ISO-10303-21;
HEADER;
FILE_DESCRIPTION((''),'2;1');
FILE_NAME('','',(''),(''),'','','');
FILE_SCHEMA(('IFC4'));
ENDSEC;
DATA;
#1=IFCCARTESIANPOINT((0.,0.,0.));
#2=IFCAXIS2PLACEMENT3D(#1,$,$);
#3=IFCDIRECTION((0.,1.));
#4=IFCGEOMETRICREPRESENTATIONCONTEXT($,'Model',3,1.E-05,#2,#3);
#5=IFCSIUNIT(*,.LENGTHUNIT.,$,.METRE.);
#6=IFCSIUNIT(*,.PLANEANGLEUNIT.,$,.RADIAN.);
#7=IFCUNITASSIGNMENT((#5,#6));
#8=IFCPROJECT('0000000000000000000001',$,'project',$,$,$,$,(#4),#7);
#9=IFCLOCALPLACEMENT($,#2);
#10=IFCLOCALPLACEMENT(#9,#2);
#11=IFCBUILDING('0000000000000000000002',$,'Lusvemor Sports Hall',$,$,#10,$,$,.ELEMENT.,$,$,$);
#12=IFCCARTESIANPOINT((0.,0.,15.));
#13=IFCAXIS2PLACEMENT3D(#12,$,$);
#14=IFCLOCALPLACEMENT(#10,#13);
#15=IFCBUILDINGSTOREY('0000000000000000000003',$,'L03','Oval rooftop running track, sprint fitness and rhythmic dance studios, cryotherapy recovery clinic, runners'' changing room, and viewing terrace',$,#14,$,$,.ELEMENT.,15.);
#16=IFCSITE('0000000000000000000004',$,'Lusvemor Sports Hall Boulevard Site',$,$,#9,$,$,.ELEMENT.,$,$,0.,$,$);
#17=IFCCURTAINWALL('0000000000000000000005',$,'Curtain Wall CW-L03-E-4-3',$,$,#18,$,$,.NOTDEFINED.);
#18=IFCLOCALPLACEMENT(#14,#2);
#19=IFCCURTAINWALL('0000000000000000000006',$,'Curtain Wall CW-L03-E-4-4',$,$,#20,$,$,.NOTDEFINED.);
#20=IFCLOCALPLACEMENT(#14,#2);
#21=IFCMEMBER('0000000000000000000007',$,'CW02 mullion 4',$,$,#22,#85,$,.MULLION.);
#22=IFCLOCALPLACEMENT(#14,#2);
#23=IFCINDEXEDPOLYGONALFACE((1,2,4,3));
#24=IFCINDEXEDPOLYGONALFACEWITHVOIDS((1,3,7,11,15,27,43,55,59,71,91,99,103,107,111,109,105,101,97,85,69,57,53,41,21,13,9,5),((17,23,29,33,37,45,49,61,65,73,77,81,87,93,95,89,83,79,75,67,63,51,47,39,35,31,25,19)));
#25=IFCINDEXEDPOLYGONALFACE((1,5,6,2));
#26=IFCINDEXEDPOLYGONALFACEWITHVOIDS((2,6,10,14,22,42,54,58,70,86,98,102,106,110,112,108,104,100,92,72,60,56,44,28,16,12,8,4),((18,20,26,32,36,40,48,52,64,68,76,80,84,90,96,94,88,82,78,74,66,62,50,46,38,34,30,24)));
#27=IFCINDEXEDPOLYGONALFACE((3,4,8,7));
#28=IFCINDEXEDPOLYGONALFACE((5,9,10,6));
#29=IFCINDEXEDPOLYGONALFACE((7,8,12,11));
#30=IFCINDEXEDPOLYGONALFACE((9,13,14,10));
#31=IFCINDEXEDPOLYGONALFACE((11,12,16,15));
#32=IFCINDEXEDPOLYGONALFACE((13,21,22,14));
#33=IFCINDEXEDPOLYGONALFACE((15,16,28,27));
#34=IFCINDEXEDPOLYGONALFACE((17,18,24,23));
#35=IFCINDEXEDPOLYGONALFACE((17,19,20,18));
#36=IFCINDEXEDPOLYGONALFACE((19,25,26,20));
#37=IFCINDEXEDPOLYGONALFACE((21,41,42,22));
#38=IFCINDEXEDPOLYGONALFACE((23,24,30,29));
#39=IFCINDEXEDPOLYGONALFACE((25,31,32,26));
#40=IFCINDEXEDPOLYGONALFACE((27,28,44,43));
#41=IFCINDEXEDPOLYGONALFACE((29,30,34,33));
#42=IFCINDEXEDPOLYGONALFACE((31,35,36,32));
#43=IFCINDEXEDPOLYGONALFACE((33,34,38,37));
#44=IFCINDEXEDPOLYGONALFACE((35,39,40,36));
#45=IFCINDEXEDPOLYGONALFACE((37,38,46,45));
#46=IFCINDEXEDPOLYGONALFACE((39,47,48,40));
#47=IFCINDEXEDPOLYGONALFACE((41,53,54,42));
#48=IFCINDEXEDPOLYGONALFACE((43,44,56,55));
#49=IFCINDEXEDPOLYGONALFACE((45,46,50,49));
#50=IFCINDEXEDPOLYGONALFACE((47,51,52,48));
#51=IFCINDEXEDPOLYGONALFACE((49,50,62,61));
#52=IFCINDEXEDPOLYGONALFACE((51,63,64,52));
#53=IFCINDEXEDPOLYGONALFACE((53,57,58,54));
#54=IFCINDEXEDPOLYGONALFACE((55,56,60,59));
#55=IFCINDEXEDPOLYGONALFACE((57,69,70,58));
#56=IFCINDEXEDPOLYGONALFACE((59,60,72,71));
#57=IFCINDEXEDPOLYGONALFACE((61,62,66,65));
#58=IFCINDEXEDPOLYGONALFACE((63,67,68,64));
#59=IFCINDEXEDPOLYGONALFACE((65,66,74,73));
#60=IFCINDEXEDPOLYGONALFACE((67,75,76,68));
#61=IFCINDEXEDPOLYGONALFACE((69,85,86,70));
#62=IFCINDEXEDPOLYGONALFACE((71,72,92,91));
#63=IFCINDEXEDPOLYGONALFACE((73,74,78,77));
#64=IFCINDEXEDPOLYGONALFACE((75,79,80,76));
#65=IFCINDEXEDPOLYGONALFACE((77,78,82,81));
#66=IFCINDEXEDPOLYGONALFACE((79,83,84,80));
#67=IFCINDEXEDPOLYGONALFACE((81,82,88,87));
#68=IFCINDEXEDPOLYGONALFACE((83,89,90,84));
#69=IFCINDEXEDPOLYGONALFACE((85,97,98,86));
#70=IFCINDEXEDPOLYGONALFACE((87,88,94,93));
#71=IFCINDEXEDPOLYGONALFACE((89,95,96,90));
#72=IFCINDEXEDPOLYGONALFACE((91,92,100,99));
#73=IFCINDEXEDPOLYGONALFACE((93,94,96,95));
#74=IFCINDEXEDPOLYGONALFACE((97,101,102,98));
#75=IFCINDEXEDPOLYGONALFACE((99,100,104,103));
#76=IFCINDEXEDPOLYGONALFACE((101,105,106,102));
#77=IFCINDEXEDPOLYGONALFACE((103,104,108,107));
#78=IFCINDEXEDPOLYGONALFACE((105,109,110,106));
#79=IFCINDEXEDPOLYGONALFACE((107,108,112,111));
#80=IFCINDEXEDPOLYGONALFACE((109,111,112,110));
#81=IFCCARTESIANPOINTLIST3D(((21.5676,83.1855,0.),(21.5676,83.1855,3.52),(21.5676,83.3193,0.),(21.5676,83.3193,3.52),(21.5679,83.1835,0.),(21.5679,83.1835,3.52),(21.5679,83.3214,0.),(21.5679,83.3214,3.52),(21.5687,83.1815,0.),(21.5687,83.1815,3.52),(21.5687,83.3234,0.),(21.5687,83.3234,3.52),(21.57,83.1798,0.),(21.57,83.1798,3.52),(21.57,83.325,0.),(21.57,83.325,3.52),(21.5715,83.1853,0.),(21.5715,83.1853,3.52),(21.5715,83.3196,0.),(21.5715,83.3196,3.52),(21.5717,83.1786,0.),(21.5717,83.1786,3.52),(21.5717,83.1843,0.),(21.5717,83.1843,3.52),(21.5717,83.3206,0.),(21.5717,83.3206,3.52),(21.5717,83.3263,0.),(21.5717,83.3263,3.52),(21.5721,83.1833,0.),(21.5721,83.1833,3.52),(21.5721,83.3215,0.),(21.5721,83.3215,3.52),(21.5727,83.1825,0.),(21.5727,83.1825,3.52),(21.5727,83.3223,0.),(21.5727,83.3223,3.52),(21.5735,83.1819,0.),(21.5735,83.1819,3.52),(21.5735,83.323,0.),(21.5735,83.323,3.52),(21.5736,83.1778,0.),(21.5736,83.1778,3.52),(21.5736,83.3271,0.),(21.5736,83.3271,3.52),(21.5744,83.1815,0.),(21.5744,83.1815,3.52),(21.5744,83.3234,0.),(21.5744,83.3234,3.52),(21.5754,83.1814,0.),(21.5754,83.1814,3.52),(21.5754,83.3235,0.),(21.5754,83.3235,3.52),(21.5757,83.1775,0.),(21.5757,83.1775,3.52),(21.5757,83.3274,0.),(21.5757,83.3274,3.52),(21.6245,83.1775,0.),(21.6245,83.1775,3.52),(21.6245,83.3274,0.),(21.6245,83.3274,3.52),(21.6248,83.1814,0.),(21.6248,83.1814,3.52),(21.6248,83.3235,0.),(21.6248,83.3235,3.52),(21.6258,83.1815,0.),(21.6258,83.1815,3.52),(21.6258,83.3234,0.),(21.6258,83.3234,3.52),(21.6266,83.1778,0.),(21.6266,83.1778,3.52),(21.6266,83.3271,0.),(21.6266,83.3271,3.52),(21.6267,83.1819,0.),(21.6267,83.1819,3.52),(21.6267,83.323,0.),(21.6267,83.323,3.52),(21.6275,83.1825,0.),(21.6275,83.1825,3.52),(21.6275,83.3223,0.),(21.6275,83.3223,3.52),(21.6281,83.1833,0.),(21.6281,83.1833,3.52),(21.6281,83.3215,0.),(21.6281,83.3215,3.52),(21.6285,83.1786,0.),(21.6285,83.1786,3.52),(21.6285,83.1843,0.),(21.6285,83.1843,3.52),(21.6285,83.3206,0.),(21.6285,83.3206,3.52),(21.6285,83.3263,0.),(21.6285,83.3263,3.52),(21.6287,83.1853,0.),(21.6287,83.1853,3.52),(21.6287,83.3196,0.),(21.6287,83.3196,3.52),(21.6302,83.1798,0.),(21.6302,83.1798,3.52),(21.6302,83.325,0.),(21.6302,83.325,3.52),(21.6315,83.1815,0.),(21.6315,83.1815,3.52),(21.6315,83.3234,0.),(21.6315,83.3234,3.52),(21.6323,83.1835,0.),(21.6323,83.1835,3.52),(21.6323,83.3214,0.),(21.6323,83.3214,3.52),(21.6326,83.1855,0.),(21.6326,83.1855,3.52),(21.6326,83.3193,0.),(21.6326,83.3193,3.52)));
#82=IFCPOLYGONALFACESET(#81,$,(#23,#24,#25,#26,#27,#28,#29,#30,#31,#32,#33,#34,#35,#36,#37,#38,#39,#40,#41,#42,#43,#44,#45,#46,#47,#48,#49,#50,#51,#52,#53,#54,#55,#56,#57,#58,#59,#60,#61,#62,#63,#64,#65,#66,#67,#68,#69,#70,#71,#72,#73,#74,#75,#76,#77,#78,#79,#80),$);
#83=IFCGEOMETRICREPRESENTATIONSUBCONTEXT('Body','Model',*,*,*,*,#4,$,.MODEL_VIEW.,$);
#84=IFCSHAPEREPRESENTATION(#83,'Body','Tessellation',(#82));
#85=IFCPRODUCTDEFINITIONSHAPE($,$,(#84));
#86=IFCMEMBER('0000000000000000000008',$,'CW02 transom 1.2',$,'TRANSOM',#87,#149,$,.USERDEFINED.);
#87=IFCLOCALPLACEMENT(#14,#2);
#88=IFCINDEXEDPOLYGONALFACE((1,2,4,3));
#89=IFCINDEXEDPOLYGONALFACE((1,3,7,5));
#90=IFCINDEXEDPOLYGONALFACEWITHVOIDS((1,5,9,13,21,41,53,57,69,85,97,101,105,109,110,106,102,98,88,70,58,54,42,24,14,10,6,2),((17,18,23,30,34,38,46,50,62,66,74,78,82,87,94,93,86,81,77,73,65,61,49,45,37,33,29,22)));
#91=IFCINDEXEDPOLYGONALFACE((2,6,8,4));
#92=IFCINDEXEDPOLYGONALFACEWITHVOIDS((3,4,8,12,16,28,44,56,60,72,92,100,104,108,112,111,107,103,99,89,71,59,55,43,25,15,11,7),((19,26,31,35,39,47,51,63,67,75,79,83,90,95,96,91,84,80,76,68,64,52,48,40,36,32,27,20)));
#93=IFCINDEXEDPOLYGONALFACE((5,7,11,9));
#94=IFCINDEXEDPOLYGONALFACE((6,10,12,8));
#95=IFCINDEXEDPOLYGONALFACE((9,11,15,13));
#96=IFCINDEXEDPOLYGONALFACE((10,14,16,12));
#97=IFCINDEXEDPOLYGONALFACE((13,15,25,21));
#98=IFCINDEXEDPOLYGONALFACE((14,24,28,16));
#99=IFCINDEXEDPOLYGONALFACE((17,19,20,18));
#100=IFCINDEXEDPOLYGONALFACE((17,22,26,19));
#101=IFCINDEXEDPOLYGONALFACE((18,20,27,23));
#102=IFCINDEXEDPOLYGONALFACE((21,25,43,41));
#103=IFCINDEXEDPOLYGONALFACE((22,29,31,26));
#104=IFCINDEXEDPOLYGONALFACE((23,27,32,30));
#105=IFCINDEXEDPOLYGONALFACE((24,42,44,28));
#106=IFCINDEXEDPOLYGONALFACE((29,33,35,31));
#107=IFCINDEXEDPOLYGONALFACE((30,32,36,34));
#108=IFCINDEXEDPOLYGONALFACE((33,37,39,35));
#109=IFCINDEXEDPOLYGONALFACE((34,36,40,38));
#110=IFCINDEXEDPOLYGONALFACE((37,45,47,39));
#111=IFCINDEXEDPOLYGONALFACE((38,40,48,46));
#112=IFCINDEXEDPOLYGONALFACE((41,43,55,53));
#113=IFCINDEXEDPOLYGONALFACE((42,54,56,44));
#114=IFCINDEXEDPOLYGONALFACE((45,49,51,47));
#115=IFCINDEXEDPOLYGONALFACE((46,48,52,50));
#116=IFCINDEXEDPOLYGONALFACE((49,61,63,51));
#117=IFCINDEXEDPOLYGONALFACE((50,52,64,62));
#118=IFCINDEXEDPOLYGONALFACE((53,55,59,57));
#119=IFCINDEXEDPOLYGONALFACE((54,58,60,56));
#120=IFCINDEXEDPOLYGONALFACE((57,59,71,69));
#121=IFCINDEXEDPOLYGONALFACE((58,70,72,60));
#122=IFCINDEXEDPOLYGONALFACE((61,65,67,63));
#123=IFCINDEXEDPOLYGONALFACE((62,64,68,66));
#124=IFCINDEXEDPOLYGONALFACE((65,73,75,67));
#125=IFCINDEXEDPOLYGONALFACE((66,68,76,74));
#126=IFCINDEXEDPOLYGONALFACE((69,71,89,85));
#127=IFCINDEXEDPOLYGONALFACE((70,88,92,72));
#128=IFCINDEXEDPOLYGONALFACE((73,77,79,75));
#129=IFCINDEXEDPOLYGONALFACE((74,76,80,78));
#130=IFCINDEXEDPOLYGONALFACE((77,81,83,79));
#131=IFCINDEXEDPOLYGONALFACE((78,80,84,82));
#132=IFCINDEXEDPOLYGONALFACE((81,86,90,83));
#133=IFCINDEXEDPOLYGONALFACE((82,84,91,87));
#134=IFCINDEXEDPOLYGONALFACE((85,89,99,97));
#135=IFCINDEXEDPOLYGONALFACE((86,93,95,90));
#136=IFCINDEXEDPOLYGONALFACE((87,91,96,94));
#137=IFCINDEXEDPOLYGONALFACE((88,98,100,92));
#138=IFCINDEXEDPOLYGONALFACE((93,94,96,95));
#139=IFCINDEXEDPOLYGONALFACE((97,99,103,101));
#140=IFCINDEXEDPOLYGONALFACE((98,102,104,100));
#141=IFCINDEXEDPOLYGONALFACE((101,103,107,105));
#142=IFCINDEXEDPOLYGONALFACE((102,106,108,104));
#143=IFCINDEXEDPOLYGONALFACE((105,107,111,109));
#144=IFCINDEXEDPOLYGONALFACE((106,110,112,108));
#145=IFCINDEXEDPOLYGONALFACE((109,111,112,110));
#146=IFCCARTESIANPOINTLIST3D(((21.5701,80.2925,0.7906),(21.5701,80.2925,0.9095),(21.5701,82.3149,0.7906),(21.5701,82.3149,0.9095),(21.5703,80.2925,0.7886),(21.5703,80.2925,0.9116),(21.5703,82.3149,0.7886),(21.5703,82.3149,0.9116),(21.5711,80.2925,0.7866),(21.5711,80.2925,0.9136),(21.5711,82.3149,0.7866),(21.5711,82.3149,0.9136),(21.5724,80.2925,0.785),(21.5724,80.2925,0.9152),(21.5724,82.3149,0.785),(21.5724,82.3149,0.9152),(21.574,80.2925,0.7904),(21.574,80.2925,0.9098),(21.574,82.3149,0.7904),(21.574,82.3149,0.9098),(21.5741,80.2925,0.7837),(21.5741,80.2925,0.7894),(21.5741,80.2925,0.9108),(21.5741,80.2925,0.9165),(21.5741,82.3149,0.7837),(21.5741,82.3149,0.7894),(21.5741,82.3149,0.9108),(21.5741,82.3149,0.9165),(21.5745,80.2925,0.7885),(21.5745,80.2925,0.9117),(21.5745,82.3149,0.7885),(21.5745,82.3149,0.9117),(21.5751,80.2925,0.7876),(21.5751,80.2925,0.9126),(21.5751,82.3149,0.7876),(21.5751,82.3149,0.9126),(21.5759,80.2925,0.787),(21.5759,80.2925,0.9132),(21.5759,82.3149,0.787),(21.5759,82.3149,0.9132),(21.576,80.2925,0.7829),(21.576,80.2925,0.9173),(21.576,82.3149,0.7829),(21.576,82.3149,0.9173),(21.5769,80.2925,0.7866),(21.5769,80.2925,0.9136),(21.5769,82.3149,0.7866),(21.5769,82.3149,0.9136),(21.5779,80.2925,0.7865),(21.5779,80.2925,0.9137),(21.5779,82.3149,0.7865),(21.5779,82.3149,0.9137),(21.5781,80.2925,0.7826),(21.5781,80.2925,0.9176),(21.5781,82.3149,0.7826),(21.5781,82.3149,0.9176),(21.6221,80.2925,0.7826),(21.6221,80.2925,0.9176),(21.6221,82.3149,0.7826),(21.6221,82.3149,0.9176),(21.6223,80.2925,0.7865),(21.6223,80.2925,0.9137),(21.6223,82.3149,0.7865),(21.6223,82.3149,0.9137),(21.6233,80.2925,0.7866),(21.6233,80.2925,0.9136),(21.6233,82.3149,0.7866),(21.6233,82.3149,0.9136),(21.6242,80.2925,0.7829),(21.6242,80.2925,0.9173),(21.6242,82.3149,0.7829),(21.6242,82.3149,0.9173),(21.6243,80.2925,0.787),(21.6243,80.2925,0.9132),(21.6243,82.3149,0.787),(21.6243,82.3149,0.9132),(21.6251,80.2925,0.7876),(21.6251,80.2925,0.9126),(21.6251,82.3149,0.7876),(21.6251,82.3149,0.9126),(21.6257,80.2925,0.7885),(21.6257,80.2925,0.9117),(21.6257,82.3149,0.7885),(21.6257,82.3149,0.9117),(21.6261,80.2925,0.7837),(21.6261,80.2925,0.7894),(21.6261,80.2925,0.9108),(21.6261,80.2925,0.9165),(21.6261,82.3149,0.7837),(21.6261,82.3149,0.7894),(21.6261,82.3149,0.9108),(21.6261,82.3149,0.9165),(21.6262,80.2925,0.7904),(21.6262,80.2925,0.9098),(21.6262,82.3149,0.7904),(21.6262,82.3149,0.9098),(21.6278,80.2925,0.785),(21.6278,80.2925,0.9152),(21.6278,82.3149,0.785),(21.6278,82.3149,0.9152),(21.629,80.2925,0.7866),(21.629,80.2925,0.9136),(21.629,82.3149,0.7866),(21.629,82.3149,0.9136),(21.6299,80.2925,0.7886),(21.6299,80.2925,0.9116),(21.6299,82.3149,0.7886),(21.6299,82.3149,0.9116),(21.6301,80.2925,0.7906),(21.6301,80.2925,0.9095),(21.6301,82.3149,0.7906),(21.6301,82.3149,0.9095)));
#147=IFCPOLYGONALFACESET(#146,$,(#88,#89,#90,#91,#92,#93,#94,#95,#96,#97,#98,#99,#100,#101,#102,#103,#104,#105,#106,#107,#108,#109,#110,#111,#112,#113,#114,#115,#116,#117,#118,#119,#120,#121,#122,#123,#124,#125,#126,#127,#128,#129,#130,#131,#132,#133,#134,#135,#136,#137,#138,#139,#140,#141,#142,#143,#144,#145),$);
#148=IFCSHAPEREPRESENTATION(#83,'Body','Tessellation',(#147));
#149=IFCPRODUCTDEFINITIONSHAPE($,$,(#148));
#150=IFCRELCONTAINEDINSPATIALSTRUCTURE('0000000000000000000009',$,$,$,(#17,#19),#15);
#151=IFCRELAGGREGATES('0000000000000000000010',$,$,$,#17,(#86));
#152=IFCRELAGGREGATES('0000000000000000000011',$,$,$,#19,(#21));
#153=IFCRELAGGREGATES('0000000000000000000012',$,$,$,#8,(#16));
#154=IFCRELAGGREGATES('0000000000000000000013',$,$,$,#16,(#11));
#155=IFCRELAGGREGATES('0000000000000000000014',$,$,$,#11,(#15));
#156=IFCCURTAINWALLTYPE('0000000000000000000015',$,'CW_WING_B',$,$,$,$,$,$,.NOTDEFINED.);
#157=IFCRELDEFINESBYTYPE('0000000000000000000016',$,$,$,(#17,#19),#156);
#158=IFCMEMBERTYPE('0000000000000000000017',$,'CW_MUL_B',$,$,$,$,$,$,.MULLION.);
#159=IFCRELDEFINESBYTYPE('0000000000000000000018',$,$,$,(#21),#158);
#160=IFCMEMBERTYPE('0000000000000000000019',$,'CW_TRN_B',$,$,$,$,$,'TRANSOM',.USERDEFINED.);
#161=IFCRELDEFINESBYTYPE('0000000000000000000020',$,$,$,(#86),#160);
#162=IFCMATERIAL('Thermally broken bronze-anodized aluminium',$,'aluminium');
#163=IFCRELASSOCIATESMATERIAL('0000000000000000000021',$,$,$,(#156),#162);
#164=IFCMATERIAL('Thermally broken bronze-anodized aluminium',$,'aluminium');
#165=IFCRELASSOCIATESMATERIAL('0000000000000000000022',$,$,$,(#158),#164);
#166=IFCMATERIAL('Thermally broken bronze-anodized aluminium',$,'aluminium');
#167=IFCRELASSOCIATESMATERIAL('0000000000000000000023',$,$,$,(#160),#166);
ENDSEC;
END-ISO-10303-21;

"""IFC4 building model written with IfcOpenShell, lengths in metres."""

from ifc_helpers import new_model, si_unit, direction, frame, origin, origin_2d, place, context, subcontext, project, spatial, hollow_rectangle, extrude, material, material_profile, profile_set, type_object, element, aggregate, save


model = new_model("IFC4")

# Units and contexts
model_context = context("Model", 3, precision=1e-05, world=origin(), true_north=direction((0.0, 1.0)))
body_context = subcontext(model_context, "Body", "Model", "MODEL_VIEW")
ifc_project = project(units=[si_unit("LENGTHUNIT", "METRE"), si_unit("PLANEANGLEUNIT", "RADIAN")], contexts=[model_context])

# Site, building, storey
site_placement = place(None, origin())
site = spatial("IfcSite", under=ifc_project, at=site_placement, Name="Lusvemor Sports Hall Boulevard Site", CompositionType="ELEMENT", RefElevation=0.0)
building_placement = place(site_placement, origin())
building = spatial("IfcBuilding", under=site, at=building_placement, Name="Lusvemor Sports Hall", CompositionType="ELEMENT")
storey_placement = place(building_placement, frame((0.0, 0.0, 15.0)))
storey = spatial("IfcBuildingStorey", under=building, at=storey_placement, Name="L03", Description="Oval rooftop running track, sprint fitness and rhythmic dance studios, cryotherapy recovery clinic, runners' changing room, and viewing terrace", CompositionType="ELEMENT", Elevation=15.0)

# Curtain wall
ifc_material_1 = material(Name="Thermally broken bronze-anodized aluminium", Category="aluminium")
curtain_wall_type = type_object("IfcCurtainWallType", Name="CW_WING_B", PredefinedType="NOTDEFINED", material=ifc_material_1)
curtain_wall_1_placement = place(storey_placement, origin())
curtain_wall_1 = element("IfcCurtainWall", 1, at=curtain_wall_1_placement, inside=storey, type_object=curtain_wall_type, Name="Curtain Wall CW-L03-E-4-3", PredefinedType="NOTDEFINED")
ifc_material_2 = material(Name="Thermally broken bronze-anodized aluminium", Category="aluminium")
ifc_material_profile_1 = material_profile(ifc_material_2, hollow_rectangle(XDim=0.0649, YDim=0.1499, WallThickness=0.0039, InnerFilletRadius=0.0039, OuterFilletRadius=0.0081, at=origin_2d()), Name="CWMUL150x65x4")
ifc_profile_set_1 = profile_set([ifc_material_profile_1], Name="Thermally broken bronze-anodized aluminium")
member_type_1 = type_object("IfcMemberType", Name="CW_MUL_B", PredefinedType="MULLION", material=ifc_profile_set_1)

# Curtain wall, member
curtain_wall_2_placement = place(storey_placement, origin())
curtain_wall_2 = element("IfcCurtainWall", 2, at=curtain_wall_2_placement, inside=storey, type_object=curtain_wall_type, Name="Curtain Wall CW-L03-E-4-4", PredefinedType="NOTDEFINED")
member_1_placement = place(storey_placement, frame((21.6001, 83.2524, 0.0), z_axis=(0.0, 0.0, 1.0), x_axis=(1.0, 0.0, 0.0)))
member_1 = element("IfcMember", 3, at=member_1_placement, type_object=member_type_1, Name="CW02 mullion 4", PredefinedType="MULLION", context=body_context, shape_type="SweptSolid", body=[
    extrude(hollow_rectangle(XDim=0.0649, YDim=0.1499, WallThickness=0.0039, InnerFilletRadius=0.0039, OuterFilletRadius=0.0081, at=origin_2d()), origin(), (0.0, 0.0, 1.0), 3.52),
])

# Member
ifc_material_3 = material(Name="Thermally broken bronze-anodized aluminium", Category="aluminium")
ifc_material_profile_2 = material_profile(ifc_material_3, hollow_rectangle(XDim=0.0601, YDim=0.135, WallThickness=0.0039, InnerFilletRadius=0.0039, OuterFilletRadius=0.0081, at=origin_2d()), Name="CWTRN135x60x4")
ifc_profile_set_2 = profile_set([ifc_material_profile_2], Name="Thermally broken bronze-anodized aluminium")
member_type_2 = type_object("IfcMemberType", Name="CW_TRN_B", ElementType="TRANSOM", PredefinedType="USERDEFINED", material=ifc_profile_set_2)
member_2_placement = place(storey_placement, frame((21.6001, 82.3149, 0.8501), z_axis=(0.0, -1.0, 0.0), x_axis=(1.0, 0.0, 0.0)))
member_2 = element("IfcMember", 4, at=member_2_placement, type_object=member_type_2, Name="CW02 transom 1.2", ObjectType="TRANSOM", PredefinedType="USERDEFINED", context=body_context, shape_type="SweptSolid", body=[
    extrude(hollow_rectangle(XDim=0.0601, YDim=0.135, WallThickness=0.0039, InnerFilletRadius=0.0039, OuterFilletRadius=0.0081, at=origin_2d()), origin(), (0.0, 0.0, 1.0), 2.0225),
])
aggregate(curtain_wall_1, [member_2])

aggregate(curtain_wall_2, [member_1])

save(model, "model.ifc")
